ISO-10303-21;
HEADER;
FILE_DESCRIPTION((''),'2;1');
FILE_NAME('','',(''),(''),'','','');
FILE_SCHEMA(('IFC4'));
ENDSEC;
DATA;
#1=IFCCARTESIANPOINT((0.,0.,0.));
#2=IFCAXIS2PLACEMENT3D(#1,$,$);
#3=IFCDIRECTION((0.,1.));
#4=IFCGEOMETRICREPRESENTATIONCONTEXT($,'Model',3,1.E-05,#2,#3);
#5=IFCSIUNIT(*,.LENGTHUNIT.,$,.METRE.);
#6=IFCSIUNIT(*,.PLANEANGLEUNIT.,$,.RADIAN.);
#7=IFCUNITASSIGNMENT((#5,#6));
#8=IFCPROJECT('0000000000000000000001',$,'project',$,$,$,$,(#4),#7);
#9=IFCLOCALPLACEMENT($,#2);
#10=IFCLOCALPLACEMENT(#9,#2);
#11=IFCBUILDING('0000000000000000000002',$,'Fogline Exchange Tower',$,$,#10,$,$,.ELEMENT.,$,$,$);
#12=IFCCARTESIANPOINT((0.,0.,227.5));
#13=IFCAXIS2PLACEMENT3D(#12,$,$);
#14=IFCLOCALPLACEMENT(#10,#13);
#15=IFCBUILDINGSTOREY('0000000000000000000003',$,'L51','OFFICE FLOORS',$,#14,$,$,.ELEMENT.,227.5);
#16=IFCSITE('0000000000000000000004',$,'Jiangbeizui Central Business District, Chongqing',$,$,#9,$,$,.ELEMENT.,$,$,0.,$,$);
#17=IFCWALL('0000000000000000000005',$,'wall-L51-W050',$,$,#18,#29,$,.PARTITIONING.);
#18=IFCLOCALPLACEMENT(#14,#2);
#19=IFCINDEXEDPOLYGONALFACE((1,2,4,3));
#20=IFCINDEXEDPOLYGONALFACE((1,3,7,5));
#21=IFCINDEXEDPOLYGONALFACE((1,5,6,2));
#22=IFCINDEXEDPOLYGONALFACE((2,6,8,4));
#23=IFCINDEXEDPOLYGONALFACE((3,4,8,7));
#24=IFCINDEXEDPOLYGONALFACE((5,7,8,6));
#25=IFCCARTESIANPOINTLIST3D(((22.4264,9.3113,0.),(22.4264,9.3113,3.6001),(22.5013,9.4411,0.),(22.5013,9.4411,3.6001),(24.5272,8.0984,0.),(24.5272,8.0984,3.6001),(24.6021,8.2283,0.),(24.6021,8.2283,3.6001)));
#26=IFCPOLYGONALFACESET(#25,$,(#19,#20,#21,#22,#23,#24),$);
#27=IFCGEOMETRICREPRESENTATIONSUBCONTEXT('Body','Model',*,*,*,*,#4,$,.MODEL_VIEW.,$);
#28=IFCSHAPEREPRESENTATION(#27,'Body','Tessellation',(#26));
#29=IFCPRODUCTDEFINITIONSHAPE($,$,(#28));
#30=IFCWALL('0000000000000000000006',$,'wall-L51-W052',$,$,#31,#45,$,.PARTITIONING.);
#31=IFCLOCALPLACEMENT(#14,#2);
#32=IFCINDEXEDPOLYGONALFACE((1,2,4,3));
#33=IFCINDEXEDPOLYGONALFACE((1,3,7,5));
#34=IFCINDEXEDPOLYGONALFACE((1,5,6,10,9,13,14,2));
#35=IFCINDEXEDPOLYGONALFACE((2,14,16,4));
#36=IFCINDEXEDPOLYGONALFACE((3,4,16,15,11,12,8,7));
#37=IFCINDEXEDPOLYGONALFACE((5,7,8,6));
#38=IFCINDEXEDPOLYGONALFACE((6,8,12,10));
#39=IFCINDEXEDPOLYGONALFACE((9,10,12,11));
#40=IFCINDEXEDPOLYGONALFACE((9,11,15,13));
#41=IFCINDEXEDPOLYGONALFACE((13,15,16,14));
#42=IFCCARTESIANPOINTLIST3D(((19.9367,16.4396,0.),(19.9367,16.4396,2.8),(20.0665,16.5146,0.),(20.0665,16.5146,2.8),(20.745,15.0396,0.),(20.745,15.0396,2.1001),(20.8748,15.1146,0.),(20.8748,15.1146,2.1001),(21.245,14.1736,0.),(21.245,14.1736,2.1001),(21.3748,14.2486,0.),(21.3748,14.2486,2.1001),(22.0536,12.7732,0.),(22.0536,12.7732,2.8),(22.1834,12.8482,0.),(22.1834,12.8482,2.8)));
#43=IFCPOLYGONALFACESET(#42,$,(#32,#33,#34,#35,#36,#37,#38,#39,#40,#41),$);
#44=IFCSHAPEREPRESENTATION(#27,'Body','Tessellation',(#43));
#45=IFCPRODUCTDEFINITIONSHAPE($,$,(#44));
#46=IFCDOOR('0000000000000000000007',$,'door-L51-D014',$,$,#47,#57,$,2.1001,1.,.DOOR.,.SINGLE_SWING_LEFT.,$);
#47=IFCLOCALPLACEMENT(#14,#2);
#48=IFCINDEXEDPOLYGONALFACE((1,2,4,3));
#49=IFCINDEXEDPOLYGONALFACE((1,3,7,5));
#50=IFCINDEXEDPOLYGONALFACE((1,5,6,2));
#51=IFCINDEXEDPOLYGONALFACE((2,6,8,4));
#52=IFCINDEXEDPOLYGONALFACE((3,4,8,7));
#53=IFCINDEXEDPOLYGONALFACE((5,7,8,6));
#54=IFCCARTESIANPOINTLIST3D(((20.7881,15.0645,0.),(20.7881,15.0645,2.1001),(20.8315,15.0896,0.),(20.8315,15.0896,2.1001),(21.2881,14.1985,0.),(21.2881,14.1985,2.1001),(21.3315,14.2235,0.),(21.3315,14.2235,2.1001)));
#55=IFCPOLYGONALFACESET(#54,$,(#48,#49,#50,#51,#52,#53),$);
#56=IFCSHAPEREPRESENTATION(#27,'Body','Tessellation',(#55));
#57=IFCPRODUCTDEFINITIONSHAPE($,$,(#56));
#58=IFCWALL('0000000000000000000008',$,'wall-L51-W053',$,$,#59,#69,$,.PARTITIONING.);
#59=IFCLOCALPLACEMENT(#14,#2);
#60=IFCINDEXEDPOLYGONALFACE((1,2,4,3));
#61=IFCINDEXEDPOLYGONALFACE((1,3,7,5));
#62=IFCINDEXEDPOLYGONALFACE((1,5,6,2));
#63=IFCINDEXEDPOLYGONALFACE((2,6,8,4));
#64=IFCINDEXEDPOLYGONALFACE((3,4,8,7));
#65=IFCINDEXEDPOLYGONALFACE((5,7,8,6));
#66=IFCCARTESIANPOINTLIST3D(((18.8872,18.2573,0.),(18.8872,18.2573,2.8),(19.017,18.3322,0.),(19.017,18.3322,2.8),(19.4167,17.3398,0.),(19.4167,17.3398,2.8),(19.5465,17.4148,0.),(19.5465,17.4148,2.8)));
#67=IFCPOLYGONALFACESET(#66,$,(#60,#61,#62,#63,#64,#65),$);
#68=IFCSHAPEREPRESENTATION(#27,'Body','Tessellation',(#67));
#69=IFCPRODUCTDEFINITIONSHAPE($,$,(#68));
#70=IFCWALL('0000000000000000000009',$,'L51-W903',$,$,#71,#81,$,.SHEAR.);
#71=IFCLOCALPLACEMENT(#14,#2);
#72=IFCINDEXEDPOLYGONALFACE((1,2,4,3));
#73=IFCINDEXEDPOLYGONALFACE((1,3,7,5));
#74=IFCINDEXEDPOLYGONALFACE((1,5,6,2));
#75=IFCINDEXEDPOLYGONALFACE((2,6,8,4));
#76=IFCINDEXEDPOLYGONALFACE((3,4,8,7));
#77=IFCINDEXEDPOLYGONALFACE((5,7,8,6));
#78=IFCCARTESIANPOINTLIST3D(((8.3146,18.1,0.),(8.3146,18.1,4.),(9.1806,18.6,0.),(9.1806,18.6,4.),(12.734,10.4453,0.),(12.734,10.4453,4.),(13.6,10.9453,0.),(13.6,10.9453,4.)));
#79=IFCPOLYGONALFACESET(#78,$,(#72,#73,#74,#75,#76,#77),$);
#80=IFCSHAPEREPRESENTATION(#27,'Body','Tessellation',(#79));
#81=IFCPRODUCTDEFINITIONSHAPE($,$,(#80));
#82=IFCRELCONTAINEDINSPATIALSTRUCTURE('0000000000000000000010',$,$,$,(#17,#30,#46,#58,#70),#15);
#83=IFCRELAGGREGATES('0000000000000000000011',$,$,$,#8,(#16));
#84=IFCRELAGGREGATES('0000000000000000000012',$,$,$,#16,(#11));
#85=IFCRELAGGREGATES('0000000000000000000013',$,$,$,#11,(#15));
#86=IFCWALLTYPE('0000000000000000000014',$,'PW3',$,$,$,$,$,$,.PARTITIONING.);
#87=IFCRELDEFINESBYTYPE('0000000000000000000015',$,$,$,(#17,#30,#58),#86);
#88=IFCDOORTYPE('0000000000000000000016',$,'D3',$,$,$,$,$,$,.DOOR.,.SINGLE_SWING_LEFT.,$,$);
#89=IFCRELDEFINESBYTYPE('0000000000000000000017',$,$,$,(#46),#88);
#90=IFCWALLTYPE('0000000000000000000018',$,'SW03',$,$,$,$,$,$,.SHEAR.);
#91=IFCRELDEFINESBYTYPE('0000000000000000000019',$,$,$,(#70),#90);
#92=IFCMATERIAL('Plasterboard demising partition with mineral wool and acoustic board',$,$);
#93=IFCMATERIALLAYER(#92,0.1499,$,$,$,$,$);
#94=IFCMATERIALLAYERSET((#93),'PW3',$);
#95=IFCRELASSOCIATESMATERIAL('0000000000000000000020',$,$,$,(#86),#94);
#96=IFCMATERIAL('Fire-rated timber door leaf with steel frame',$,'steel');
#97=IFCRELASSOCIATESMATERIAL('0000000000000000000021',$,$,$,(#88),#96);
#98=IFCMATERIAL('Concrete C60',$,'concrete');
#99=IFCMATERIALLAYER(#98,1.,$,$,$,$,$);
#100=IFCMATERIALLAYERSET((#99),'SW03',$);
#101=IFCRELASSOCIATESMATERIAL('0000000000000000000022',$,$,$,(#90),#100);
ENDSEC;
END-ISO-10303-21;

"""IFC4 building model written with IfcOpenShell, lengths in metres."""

from ifc_helpers import new_model, si_unit, direction, frame, frame_2d, origin, place, context, subcontext, project, spatial, rectangle, extrude, material, layer, layer_set, type_object, element, fill, save


model = new_model("IFC4")

# Units and contexts
model_context = context("Model", 3, precision=1e-05, world=origin(), true_north=direction((0.0, 1.0)))
body_context = subcontext(model_context, "Body", "Model", "MODEL_VIEW")
ifc_project = project(units=[si_unit("LENGTHUNIT", "METRE"), si_unit("PLANEANGLEUNIT", "RADIAN")], contexts=[model_context])

# Site, building, storey
site_placement = place(None, origin())
site = spatial("IfcSite", under=ifc_project, at=site_placement, Name="Jiangbeizui Central Business District, Chongqing", CompositionType="ELEMENT", RefElevation=0.0)
building_placement = place(site_placement, origin())
building = spatial("IfcBuilding", under=site, at=building_placement, Name="Fogline Exchange Tower", CompositionType="ELEMENT")
storey_placement = place(building_placement, frame((0.0, 0.0, 227.5)))
storey = spatial("IfcBuildingStorey", under=building, at=storey_placement, Name="L51", Description="OFFICE FLOORS", CompositionType="ELEMENT", Elevation=227.5)

# Shared definitions
ifc_material_1 = material(Name="Concrete C60", Category="concrete")

# Shared definitions
ifc_material_2 = material(Name="Plasterboard demising partition with mineral wool and acoustic board")
ifc_layer_1 = layer(ifc_material_2, 0.1499)
ifc_layer_set_1 = layer_set([ifc_layer_1], Name="PW3")
wall_type_1 = type_object("IfcWallType", Name="PW3", PredefinedType="PARTITIONING", material=ifc_layer_set_1)

# Shared definitions
ifc_material_3 = material(Name="Fire-rated timber door leaf with steel frame", Category="steel")
door_type_1 = type_object("IfcDoorType", Name="D3", OperationType="SINGLE_SWING_LEFT", PredefinedType="DOOR", material=ifc_material_3)

# Wall
wall_1_placement = place(storey_placement, frame((22.4639, 9.3762, 0.0), z_axis=(0.0, 0.0, 1.0), x_axis=(0.86603, -0.499993, 0.0)))
element("IfcWall", 1, at=wall_1_placement, inside=storey, type_object=wall_type_1, Name="wall-L51-W050", PredefinedType="PARTITIONING", context=body_context, shape_type="SweptSolid", body=[
    extrude(rectangle(XDim=2.4258, YDim=0.1499, at=frame_2d((1.2129, 0.0))), origin(), (0.0, 0.0, 1.0), 3.6001),
])

# Wall, opening, door
wall_2_placement = place(storey_placement, frame((22.1184, 12.8108, 0.0), z_axis=(0.0, 0.0, 1.0), x_axis=(-0.500015, 0.866017, 0.0)))
wall_2 = element("IfcWall", 2, at=wall_2_placement, inside=storey, type_object=wall_type_1, Name="wall-L51-W052", PredefinedType="PARTITIONING", context=body_context, shape_type="SweptSolid", body=[
    extrude(rectangle(XDim=4.2336, YDim=0.1499, at=frame_2d((2.1167, 0.0))), origin(), (0.0, 0.0, 1.0), 2.8),
])
opening_1_placement = place(wall_2_placement, frame((1.6169, 0.0, 0.0)))
opening_1 = element("IfcOpeningElement", 3, at=opening_1_placement, cuts=wall_2, PredefinedType="OPENING", context=body_context, shape_type="SweptSolid", body=[
    extrude(rectangle(XDim=1.0, YDim=2.1001, at=frame_2d((0.5, 1.05))), frame((0.0, 0.085, 0.0), z_axis=(0.0, -1.0, 0.0), x_axis=(1.0, 0.0, 0.0)), (0.0, 0.0, 1.0), 0.1699),
])
door_1_placement = place(opening_1_placement, frame((1.0, 0.0, 0.0), z_axis=(0.0, 0.0, 1.0), x_axis=(-1.0, 0.0, 0.0)))
door_1 = element("IfcDoor", 4, at=door_1_placement, inside=storey, type_object=door_type_1, Name="door-L51-D014", OperationType="SINGLE_SWING_LEFT", OverallHeight=2.1001, OverallWidth=1.0, PredefinedType="DOOR", context=body_context, shape_type="SweptSolid", body=[
    extrude(rectangle(XDim=1.0, YDim=2.1001, at=frame_2d((0.5, 1.05))), frame((0.0, 0.0249, 0.0), z_axis=(0.0, -1.0, 0.0), x_axis=(1.0, 0.0, 0.0)), (0.0, 0.0, 1.0), 0.05),
])
fill(opening_1, door_1)

# Walls
wall_3_placement = place(storey_placement, frame((19.4817, 17.3772, 0.0), z_axis=(0.0, 0.0, 1.0), x_axis=(-0.499882, 0.866093, 0.0)))
element("IfcWall", 5, at=wall_3_placement, inside=storey, type_object=wall_type_1, Name="wall-L51-W053", PredefinedType="PARTITIONING", context=body_context, shape_type="SweptSolid", body=[
    extrude(rectangle(XDim=1.0593, YDim=0.1499, at=frame_2d((0.5298, 0.0))), origin(), (0.0, 0.0, 1.0), 2.8),
])
ifc_layer_2 = layer(ifc_material_1, 1.0)
ifc_layer_set_2 = layer_set([ifc_layer_2], Name="SW03")
wall_type_2 = type_object("IfcWallType", Name="SW03", PredefinedType="SHEAR", material=ifc_layer_set_2)
wall_4_placement = place(storey_placement, frame((13.167, 10.6953, 0.0), z_axis=(0.0, 0.0, 1.0), x_axis=(-0.499995, 0.866028, 0.0)))
element("IfcWall", 6, at=wall_4_placement, inside=storey, type_object=wall_type_2, Name="L51-W903", PredefinedType="SHEAR", context=body_context, shape_type="SweptSolid", body=[
    extrude(rectangle(XDim=8.8389, YDim=1.0, at=frame_2d((4.4194, 0.0))), origin(), (0.0, 0.0, 1.0), 4.0),
])

save(model, "model.ifc")
